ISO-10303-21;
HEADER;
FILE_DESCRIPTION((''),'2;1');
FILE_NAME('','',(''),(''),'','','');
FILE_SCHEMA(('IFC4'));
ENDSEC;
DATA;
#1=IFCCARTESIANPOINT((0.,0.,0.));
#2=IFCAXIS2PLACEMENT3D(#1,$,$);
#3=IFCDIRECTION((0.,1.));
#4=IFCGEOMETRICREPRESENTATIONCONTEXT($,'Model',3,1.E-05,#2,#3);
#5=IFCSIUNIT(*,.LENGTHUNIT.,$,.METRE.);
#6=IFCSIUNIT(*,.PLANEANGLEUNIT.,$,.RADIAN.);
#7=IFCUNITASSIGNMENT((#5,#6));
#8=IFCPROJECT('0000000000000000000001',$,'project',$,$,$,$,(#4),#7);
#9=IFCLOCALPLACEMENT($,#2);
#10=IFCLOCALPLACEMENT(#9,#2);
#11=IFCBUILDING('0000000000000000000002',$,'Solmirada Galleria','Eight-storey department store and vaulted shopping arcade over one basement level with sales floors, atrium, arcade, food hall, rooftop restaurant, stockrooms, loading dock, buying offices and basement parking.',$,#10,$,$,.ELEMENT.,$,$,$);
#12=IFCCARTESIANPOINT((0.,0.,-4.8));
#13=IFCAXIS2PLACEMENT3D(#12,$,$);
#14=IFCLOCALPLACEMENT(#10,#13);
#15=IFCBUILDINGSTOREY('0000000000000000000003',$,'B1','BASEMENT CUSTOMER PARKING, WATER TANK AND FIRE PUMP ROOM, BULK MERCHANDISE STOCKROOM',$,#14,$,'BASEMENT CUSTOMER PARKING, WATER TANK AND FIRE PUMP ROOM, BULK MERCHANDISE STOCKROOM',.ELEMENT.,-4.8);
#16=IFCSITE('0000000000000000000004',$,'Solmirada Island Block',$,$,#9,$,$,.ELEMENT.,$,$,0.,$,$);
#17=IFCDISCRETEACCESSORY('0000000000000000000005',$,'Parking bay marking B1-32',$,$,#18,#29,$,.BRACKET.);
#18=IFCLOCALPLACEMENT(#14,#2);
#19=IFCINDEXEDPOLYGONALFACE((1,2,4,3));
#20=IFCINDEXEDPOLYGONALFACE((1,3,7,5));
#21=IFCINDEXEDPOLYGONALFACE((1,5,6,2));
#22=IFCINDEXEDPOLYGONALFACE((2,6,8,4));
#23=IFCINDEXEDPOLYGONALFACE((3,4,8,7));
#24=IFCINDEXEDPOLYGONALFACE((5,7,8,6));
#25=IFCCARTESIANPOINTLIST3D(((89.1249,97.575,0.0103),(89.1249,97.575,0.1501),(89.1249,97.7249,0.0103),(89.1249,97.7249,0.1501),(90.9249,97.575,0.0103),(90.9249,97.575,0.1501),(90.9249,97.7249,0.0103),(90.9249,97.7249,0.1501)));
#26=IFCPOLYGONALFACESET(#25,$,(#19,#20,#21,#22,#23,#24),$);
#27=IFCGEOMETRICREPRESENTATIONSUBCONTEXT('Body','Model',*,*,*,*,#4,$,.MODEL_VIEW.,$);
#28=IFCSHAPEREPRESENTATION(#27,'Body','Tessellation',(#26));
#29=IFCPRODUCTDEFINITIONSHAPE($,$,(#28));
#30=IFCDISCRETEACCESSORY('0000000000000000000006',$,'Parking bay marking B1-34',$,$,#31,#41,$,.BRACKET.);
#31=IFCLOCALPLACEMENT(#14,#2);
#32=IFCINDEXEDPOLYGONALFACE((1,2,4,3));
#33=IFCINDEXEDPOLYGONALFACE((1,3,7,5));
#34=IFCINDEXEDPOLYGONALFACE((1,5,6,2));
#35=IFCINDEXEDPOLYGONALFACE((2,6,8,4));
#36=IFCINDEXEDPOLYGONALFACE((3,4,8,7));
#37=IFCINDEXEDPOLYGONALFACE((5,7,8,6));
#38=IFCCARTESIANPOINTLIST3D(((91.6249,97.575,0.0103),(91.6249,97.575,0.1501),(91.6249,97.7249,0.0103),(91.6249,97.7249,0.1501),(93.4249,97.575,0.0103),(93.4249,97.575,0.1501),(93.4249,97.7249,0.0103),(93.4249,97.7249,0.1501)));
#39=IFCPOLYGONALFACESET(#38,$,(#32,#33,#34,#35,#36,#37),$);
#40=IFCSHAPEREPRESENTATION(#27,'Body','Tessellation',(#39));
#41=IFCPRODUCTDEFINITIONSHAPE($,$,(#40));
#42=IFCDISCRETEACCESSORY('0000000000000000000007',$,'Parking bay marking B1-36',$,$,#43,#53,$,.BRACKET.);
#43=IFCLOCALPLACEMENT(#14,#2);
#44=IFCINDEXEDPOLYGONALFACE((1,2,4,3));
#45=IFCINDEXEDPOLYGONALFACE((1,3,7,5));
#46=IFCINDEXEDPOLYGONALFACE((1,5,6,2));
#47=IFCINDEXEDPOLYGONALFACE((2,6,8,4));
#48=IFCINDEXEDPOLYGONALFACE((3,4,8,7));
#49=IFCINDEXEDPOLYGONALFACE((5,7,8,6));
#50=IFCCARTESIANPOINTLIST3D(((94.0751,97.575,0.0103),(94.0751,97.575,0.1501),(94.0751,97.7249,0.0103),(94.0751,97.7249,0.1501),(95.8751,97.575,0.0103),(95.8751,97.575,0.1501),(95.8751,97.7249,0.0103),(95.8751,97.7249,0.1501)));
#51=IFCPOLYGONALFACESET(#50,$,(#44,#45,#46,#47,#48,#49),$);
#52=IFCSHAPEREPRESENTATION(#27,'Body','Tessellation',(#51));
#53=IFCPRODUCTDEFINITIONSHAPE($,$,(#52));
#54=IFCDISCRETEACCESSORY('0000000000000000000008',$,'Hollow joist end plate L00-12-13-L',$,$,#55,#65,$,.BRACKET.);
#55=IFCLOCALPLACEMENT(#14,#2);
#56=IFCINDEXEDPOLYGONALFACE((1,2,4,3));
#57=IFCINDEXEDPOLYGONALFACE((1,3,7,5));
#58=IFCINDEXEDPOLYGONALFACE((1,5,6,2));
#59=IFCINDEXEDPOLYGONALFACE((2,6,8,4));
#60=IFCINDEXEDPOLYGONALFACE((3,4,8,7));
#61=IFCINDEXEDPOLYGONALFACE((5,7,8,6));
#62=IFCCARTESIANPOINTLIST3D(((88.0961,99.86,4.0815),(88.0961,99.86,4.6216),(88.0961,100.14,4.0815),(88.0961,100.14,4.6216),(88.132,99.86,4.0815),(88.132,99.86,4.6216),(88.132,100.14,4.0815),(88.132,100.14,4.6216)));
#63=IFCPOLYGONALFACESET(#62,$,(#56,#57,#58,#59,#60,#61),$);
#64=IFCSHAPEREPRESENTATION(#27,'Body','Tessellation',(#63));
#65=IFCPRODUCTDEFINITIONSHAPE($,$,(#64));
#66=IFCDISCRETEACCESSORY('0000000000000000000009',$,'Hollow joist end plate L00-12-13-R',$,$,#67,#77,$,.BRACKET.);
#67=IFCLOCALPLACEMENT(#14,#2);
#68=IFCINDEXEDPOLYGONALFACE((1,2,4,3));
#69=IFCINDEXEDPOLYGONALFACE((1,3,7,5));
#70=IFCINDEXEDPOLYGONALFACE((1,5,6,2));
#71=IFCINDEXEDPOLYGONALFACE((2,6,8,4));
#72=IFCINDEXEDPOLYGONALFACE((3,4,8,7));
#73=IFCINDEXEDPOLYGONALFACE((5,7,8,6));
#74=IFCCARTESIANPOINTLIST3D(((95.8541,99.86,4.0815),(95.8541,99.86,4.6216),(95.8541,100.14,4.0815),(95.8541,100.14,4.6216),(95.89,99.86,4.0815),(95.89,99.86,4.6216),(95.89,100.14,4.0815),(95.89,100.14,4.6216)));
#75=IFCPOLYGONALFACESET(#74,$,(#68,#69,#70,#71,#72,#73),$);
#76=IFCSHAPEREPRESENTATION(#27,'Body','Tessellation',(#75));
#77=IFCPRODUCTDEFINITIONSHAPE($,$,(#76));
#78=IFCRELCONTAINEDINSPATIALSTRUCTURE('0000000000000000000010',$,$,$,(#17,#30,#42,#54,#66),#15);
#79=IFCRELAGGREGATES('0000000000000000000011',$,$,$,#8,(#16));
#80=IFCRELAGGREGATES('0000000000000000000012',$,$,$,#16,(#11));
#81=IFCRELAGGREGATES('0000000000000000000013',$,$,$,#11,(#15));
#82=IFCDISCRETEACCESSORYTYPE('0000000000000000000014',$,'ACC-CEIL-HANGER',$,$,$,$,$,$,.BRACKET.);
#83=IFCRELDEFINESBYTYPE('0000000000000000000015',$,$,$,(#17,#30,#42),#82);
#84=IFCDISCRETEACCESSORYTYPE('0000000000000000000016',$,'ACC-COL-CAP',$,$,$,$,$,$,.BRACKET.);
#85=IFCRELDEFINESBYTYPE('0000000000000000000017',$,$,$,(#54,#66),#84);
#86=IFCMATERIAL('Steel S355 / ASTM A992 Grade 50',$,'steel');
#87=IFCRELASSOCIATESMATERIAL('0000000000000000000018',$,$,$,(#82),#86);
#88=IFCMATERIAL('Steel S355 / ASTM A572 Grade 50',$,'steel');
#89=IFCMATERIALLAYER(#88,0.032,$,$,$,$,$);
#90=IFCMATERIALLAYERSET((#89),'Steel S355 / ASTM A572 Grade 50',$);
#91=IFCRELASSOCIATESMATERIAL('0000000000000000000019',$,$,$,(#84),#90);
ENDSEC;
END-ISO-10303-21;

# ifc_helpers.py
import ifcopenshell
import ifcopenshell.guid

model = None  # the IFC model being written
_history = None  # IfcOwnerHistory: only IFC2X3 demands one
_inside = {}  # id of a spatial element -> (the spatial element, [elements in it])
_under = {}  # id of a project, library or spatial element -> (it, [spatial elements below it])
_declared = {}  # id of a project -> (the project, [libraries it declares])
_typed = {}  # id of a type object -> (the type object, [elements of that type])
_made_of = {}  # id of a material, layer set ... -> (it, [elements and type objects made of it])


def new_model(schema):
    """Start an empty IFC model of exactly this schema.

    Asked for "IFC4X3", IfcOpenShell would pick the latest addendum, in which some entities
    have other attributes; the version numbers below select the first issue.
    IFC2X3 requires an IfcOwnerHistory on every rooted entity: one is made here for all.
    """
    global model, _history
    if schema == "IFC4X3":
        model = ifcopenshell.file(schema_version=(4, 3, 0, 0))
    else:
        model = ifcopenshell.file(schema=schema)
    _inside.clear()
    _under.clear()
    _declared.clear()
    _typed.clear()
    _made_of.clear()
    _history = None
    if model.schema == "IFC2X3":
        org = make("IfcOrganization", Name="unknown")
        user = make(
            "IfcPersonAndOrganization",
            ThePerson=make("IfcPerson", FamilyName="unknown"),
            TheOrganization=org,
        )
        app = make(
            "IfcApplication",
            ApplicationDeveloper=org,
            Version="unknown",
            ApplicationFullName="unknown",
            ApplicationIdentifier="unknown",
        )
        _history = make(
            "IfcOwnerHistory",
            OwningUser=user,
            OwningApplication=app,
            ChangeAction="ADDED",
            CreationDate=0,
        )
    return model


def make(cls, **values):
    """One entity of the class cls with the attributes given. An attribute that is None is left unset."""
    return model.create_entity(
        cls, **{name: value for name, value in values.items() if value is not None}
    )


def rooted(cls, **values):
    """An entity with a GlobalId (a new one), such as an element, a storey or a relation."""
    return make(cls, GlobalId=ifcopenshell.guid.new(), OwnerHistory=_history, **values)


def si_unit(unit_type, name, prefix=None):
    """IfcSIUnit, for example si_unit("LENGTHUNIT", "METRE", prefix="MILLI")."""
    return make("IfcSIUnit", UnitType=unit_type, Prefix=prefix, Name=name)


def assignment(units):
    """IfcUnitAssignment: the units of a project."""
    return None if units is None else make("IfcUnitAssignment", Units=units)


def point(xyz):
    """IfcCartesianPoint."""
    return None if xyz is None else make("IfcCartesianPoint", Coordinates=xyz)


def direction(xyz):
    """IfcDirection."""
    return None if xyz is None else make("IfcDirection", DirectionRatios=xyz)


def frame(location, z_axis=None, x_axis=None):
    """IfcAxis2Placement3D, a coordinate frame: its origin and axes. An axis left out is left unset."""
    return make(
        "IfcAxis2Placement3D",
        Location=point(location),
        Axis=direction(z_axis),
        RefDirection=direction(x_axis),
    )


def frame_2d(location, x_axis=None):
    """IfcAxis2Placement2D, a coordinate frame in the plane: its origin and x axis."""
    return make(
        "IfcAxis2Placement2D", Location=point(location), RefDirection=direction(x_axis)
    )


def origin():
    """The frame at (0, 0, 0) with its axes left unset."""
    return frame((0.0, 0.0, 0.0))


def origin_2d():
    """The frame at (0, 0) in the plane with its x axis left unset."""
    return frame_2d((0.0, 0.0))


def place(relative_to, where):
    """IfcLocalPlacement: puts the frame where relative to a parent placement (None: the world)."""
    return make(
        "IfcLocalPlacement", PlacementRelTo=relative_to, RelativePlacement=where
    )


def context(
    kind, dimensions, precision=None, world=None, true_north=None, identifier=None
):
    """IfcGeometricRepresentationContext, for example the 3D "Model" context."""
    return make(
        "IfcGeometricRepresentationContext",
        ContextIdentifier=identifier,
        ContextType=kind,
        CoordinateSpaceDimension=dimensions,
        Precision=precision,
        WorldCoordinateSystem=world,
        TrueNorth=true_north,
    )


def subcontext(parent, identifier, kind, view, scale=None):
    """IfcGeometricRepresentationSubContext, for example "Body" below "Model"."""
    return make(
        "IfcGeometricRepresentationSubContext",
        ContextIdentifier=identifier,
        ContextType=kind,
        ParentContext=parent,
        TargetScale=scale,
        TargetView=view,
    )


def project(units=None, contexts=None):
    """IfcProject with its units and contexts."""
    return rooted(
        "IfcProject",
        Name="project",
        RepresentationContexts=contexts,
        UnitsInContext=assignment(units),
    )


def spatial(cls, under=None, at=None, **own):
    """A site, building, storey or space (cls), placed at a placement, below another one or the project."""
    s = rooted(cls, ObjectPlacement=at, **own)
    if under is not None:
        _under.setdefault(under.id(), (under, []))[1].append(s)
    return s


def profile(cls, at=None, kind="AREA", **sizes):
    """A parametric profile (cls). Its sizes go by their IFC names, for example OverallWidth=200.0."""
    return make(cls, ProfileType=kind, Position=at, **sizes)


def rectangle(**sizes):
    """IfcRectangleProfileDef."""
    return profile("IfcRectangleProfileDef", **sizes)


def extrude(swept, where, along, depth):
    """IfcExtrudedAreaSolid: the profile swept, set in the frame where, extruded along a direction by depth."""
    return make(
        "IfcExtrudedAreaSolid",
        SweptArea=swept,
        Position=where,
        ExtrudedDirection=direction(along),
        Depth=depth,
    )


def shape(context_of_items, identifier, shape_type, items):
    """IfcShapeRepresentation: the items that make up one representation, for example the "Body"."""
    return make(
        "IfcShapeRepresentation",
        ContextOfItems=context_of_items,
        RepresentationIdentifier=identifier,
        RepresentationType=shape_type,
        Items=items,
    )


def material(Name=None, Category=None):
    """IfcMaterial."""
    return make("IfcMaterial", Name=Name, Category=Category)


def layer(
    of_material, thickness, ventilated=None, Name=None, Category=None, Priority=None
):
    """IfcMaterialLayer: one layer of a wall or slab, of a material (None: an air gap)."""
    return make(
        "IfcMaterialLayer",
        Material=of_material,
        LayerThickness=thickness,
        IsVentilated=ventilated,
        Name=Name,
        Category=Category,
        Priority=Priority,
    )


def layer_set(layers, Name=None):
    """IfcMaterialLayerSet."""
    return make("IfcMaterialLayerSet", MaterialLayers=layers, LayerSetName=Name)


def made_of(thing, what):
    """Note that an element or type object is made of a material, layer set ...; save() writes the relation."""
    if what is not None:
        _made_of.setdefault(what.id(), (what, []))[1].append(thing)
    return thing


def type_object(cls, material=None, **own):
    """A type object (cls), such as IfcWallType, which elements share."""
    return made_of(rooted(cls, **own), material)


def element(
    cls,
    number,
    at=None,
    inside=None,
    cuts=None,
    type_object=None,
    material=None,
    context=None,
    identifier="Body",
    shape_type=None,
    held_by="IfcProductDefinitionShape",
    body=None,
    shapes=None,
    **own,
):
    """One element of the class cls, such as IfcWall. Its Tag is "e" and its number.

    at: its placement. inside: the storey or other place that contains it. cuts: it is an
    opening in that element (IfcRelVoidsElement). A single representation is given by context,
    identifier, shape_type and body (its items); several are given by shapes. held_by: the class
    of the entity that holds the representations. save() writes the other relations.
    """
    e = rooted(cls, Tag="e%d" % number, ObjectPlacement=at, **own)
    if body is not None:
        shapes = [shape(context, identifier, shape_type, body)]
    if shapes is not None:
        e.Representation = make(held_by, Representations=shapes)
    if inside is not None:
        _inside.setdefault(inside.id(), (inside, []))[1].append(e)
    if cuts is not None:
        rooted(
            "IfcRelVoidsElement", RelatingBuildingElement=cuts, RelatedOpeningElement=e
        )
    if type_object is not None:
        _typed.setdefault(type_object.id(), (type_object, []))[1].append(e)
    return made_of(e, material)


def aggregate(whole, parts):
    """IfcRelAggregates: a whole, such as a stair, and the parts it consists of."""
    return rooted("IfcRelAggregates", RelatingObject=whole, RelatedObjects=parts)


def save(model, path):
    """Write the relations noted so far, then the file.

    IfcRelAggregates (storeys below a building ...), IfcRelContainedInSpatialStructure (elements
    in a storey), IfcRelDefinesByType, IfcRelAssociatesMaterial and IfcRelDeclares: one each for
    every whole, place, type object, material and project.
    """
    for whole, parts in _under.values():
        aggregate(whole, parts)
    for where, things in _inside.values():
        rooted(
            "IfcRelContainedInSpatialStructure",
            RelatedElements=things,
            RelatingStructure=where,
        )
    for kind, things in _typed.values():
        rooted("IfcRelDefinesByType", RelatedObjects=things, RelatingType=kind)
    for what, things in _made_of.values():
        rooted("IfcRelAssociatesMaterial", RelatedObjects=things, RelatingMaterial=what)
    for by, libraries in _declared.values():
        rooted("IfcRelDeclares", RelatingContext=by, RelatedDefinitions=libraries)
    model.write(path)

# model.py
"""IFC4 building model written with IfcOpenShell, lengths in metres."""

from ifc_helpers import new_model, si_unit, direction, frame, origin, origin_2d, place, context, subcontext, project, spatial, rectangle, extrude, material, layer, layer_set, type_object, element, save


model = new_model("IFC4")

# Units and contexts
model_context = context("Model", 3, precision=1e-05, world=origin(), true_north=direction((0.0, 1.0)))
body_context = subcontext(model_context, "Body", "Model", "MODEL_VIEW")
ifc_project = project(units=[si_unit("LENGTHUNIT", "METRE"), si_unit("PLANEANGLEUNIT", "RADIAN")], contexts=[model_context])

# Site, building, storey
site_placement = place(None, origin())
site = spatial("IfcSite", under=ifc_project, at=site_placement, Name="Solmirada Island Block", CompositionType="ELEMENT", RefElevation=0.0)
building_placement = place(site_placement, origin())
building = spatial("IfcBuilding", under=site, at=building_placement, Name="Solmirada Galleria", Description="Eight-storey department store and vaulted shopping arcade over one basement level with sales floors, atrium, arcade, food hall, rooftop restaurant, stockrooms, loading dock, buying offices and basement parking.", CompositionType="ELEMENT")
storey_placement = place(building_placement, frame((0.0, 0.0, -4.8)))
storey = spatial("IfcBuildingStorey", under=building, at=storey_placement, Name="B1", Description="BASEMENT CUSTOMER PARKING, WATER TANK AND FIRE PUMP ROOM, BULK MERCHANDISE STOCKROOM", LongName="BASEMENT CUSTOMER PARKING, WATER TANK AND FIRE PUMP ROOM, BULK MERCHANDISE STOCKROOM", CompositionType="ELEMENT", Elevation=-4.8)

# Shared definitions
ifc_material_1 = material(Name="Steel S355 / ASTM A992 Grade 50", Category="steel")

# Discrete accessories
discrete_accessory_type_1 = type_object("IfcDiscreteAccessoryType", Name="ACC-CEIL-HANGER", PredefinedType="BRACKET", material=ifc_material_1)
for number, where, z_axis, x_axis, name in (
    (1, (90.0249, 97.6499, 0.0103), (0.0, 0.0, 1.0), (1.0, 0.0, 0.0), "Parking bay marking B1-32"),
    (2, (92.5249, 97.6499, 0.0103), (0.0, 0.0, 1.0), (1.0, 0.0, 0.0), "Parking bay marking B1-34"),
    (3, (94.9751, 97.6499, 0.0103), (0.0, 0.0, 1.0), (1.0, 0.0, 0.0), "Parking bay marking B1-36"),
):
    element("IfcDiscreteAccessory", number, at=place(storey_placement, frame(where, z_axis=z_axis, x_axis=x_axis)), inside=storey, type_object=discrete_accessory_type_1, Name=name, PredefinedType="BRACKET", context=body_context, shape_type="SweptSolid", body=[
        extrude(rectangle(XDim=1.8, YDim=0.1499, at=origin_2d()), origin(), (0.0, 0.0, 1.0), 0.1399),
    ])
ifc_material_2 = material(Name="Steel S355 / ASTM A572 Grade 50", Category="steel")
ifc_layer = layer(ifc_material_2, 0.032)
ifc_layer_set = layer_set([ifc_layer], Name="Steel S355 / ASTM A572 Grade 50")
discrete_accessory_type_2 = type_object("IfcDiscreteAccessoryType", Name="ACC-COL-CAP", PredefinedType="BRACKET", material=ifc_layer_set)
for number, where, z_axis, x_axis, name in (
    (4, (88.114, 100.0, 4.0815), (0.0, 0.0, 1.0), (1.0, 0.0, 0.0), "Hollow joist end plate L00-12-13-L"),
    (5, (95.8721, 100.0, 4.0815), (0.0, 0.0, 1.0), (1.0, 0.0, 0.0), "Hollow joist end plate L00-12-13-R"),
):
    element("IfcDiscreteAccessory", number, at=place(storey_placement, frame(where, z_axis=z_axis, x_axis=x_axis)), inside=storey, type_object=discrete_accessory_type_2, Name=name, PredefinedType="BRACKET", context=body_context, shape_type="SweptSolid", body=[
        extrude(rectangle(XDim=0.0359, YDim=0.28, at=origin_2d()), origin(), (0.0, 0.0, 1.0), 0.54),
    ])

save(model, "model.ifc")
